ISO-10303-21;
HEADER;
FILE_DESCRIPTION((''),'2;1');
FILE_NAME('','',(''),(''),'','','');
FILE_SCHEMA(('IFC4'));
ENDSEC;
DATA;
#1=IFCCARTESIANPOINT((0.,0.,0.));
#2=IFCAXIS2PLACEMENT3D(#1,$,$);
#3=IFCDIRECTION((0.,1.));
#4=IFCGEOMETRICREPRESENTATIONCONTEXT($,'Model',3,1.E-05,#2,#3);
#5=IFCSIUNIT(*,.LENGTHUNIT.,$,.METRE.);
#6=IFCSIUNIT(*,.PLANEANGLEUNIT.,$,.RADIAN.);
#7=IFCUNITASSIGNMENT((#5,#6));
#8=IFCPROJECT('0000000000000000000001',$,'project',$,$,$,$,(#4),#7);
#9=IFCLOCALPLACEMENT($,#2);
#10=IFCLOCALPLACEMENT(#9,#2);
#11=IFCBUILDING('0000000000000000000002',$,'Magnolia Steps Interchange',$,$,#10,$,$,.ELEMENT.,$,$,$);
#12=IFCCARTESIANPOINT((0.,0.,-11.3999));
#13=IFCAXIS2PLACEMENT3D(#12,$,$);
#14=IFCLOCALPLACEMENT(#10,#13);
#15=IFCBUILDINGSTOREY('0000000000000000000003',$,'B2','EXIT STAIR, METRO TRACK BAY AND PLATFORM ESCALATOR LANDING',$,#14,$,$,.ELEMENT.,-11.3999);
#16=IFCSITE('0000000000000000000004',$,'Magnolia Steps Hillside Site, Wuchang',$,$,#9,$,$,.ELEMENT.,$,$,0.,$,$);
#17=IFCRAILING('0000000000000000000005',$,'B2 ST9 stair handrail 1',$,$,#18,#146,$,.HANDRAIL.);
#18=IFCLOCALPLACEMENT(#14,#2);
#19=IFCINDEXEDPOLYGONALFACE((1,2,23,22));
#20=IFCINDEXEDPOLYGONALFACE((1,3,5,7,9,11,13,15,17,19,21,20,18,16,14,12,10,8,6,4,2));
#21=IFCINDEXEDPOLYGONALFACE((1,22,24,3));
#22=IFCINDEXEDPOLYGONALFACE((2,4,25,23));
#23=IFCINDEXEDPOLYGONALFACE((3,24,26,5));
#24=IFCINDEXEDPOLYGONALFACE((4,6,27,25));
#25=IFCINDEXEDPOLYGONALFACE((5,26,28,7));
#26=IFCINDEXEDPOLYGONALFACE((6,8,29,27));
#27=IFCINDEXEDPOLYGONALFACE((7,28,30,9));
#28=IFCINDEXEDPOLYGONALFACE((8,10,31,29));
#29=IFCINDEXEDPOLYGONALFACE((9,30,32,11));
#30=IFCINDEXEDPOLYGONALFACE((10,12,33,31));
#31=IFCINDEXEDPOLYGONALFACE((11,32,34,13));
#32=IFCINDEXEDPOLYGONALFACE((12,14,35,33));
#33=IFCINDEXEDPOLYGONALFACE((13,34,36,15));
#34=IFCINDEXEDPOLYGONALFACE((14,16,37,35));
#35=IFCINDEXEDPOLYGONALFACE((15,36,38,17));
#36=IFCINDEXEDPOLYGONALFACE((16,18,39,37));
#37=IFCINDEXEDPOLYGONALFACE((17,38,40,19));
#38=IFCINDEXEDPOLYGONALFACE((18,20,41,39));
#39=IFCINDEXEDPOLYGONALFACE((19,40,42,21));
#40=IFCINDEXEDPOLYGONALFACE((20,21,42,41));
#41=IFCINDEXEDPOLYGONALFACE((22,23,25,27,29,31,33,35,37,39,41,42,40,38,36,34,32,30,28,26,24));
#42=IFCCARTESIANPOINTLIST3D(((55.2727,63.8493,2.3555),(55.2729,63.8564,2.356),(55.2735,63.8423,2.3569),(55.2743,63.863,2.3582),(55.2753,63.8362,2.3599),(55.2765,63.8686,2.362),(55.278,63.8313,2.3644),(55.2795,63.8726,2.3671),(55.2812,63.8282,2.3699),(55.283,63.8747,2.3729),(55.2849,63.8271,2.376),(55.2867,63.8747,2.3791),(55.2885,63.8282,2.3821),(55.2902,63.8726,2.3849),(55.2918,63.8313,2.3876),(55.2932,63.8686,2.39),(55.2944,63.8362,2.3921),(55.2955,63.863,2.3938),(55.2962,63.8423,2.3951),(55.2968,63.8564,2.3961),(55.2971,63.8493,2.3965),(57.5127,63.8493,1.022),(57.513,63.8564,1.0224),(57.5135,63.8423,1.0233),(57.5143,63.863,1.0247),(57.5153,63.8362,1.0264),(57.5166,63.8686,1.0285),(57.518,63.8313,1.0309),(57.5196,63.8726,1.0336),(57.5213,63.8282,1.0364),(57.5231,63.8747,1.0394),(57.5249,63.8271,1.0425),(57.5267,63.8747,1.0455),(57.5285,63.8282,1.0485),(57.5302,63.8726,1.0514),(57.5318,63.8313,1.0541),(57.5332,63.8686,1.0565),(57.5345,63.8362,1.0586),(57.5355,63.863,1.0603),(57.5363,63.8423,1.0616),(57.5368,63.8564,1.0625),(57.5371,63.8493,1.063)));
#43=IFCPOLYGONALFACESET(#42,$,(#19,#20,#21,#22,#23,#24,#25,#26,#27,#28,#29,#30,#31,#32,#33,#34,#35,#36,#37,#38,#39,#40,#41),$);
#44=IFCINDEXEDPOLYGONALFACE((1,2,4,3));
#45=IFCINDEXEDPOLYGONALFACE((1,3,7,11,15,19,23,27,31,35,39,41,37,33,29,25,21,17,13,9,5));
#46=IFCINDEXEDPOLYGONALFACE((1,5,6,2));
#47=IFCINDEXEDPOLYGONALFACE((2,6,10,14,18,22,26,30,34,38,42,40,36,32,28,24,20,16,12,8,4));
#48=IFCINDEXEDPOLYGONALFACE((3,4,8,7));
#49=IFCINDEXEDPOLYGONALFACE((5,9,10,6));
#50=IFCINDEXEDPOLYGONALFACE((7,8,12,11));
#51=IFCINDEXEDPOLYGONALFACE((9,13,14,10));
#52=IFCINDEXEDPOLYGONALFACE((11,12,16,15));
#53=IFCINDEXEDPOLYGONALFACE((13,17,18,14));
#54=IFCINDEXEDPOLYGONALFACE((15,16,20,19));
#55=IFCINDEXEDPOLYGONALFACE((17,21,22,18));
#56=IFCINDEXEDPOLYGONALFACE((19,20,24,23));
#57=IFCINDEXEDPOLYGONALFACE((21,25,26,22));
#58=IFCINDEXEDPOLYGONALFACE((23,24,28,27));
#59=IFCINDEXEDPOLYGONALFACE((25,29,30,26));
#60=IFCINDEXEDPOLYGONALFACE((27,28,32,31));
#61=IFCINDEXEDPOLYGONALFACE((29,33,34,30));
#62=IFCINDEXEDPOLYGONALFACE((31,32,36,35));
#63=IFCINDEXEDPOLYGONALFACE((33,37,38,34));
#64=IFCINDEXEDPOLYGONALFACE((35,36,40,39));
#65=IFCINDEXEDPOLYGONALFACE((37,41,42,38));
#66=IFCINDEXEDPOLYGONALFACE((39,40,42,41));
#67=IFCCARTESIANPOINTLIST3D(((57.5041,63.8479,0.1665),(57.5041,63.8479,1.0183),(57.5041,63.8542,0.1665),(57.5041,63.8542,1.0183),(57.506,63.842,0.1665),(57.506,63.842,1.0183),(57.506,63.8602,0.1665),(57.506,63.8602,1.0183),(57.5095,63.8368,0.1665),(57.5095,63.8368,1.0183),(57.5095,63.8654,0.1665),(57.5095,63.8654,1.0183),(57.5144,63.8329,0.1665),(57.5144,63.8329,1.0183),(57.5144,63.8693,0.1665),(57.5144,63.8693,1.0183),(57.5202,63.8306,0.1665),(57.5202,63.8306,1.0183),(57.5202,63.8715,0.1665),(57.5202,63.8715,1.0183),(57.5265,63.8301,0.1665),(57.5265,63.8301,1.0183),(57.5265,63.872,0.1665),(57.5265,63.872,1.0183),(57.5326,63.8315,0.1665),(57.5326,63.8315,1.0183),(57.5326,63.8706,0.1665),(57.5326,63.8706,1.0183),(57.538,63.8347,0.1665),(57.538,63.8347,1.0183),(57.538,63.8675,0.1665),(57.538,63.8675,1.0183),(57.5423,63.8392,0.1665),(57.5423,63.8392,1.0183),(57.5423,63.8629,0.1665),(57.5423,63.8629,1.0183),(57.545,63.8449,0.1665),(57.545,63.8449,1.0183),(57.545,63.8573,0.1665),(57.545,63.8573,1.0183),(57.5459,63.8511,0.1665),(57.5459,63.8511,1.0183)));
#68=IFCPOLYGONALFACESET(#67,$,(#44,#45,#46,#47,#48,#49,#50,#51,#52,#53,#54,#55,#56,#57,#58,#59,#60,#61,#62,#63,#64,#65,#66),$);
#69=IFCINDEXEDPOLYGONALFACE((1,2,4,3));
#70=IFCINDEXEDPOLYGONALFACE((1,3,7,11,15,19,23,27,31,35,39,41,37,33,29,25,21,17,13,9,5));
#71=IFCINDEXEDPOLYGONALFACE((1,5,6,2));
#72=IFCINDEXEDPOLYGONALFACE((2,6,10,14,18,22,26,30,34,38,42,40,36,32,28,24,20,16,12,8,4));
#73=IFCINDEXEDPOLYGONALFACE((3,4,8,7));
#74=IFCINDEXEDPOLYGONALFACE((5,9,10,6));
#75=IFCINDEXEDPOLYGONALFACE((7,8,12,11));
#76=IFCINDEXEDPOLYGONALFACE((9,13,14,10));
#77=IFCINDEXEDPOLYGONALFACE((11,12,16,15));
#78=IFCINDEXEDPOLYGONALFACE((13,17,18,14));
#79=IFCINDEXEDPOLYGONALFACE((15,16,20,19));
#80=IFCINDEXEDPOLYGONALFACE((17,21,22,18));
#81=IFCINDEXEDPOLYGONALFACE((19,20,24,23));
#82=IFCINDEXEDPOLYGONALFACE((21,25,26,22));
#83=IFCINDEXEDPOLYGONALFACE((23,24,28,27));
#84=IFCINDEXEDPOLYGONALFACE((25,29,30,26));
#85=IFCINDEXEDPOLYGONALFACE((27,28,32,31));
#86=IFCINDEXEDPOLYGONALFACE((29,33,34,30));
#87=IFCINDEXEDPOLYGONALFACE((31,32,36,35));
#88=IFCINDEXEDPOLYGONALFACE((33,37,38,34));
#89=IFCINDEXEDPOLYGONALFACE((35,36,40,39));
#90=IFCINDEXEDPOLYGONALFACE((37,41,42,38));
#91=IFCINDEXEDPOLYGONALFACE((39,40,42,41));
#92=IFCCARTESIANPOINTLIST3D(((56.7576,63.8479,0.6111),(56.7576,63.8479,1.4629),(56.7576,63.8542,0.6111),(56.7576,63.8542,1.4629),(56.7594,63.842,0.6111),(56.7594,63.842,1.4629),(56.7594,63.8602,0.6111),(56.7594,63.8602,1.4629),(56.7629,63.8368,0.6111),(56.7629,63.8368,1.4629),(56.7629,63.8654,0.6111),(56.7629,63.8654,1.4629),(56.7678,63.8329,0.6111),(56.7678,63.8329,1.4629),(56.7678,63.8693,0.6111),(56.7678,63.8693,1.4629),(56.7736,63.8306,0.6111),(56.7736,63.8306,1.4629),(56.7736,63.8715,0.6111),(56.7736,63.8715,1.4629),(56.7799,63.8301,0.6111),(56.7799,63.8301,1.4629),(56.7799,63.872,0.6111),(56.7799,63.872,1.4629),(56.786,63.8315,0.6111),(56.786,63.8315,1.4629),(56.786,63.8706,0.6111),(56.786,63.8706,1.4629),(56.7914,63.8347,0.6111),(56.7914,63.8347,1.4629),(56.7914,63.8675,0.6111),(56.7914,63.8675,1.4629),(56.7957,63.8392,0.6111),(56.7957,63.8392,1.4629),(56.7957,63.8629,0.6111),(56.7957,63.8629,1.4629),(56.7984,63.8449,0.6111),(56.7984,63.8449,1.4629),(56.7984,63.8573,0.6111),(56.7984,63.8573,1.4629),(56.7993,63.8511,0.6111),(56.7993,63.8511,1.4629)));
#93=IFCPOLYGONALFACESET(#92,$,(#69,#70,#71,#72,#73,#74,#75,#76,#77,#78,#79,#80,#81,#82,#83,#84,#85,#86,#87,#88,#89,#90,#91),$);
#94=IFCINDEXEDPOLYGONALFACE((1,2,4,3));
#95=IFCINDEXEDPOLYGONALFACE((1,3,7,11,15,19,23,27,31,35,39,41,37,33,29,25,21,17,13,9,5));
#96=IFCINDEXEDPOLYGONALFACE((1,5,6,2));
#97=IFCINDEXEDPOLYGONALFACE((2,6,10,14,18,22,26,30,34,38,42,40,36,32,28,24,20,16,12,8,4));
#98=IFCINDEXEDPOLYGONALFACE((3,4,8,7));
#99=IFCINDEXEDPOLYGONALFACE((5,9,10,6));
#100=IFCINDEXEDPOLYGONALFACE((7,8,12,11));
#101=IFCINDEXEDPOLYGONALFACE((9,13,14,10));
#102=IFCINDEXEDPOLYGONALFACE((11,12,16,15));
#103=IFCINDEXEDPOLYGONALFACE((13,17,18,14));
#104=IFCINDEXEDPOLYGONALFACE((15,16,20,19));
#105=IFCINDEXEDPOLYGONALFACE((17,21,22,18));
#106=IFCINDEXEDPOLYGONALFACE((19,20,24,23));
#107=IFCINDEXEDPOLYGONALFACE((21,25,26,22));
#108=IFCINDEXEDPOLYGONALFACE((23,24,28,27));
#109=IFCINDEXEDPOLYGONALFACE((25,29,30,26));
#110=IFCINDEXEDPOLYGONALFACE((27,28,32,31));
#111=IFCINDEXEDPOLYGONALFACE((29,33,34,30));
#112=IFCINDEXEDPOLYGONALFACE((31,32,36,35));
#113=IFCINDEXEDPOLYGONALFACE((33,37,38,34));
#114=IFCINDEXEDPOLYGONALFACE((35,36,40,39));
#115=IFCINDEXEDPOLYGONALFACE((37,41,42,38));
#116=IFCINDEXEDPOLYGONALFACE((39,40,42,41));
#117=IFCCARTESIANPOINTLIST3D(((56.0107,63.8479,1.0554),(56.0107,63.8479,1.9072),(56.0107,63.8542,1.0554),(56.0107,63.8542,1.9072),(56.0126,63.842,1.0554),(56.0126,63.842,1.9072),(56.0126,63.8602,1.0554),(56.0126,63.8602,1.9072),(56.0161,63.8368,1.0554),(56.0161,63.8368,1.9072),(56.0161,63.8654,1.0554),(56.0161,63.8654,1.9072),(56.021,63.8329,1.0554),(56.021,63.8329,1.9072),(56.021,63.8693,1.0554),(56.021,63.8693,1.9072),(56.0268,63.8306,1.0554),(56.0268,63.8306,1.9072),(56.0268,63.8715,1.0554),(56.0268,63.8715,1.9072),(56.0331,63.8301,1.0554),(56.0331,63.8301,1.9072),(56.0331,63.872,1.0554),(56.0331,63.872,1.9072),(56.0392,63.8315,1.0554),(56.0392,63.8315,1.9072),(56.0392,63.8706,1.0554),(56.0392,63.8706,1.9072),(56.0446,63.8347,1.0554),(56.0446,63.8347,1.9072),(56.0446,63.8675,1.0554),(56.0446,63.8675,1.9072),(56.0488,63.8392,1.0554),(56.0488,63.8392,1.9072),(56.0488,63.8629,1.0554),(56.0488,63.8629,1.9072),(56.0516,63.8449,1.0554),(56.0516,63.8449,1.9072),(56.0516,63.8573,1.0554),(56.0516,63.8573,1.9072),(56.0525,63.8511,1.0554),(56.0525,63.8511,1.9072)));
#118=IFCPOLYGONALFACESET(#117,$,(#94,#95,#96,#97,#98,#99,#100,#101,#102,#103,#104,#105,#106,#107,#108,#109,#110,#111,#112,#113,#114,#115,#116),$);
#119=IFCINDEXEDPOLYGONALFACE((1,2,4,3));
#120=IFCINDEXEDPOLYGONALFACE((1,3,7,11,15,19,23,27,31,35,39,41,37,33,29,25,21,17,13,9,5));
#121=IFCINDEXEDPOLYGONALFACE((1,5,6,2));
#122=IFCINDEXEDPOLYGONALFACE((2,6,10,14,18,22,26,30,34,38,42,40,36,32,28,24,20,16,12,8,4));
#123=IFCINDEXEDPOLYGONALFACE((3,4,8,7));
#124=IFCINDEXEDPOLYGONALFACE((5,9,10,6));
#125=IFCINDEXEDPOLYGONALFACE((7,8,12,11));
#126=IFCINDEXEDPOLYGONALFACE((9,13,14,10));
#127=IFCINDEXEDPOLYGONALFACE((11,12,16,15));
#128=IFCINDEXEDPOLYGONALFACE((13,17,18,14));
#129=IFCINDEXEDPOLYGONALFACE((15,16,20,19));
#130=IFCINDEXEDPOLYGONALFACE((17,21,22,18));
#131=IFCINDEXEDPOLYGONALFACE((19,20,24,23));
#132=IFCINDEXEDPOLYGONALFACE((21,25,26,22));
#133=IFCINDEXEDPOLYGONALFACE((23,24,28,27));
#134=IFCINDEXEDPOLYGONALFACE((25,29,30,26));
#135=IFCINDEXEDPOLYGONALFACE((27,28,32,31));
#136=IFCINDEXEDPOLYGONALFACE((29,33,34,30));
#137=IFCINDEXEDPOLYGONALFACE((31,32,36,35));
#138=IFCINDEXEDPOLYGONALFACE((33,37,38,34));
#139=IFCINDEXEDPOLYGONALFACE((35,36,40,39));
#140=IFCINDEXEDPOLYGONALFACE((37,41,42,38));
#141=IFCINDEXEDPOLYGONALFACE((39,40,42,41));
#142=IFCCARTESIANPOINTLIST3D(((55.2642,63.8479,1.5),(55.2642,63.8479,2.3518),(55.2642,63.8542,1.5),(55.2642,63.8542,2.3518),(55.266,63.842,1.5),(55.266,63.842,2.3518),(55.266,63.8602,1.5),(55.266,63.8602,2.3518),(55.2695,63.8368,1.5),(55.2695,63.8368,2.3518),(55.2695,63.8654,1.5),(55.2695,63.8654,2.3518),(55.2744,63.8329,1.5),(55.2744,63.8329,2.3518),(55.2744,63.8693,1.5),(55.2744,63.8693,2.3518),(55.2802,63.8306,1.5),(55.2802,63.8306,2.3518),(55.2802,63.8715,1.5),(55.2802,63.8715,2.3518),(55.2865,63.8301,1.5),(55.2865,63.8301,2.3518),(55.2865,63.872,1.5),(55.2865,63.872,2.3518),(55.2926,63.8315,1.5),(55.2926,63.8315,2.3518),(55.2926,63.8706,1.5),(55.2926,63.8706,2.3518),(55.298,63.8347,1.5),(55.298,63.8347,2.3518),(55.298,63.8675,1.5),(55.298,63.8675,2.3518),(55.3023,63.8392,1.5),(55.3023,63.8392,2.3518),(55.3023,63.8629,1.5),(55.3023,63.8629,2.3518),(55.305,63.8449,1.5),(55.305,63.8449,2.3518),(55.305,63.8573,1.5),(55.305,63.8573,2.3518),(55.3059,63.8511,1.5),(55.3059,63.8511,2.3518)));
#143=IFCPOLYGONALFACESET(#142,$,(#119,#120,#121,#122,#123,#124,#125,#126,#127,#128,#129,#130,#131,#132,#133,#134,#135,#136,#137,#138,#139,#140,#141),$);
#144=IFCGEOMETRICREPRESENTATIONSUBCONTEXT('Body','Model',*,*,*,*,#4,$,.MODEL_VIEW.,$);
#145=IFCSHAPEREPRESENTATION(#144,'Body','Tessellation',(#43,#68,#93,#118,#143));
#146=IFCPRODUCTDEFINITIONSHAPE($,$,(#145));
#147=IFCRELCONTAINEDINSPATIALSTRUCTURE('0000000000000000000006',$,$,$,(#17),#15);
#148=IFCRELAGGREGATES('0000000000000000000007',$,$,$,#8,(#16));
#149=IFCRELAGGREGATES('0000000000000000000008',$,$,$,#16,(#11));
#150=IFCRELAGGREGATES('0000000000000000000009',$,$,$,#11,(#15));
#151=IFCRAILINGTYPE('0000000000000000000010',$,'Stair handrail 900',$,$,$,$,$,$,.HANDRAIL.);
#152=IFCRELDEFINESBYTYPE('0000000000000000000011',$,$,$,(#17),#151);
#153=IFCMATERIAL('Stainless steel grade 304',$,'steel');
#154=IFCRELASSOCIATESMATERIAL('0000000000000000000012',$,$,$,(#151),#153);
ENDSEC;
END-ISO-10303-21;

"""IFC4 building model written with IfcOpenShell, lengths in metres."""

from ifc_helpers import new_model, si_unit, direction, frame, origin, origin_2d, place, context, subcontext, project, spatial, circle, extrude, material, type_object, element, save


model = new_model("IFC4")

# Units and contexts
model_context = context("Model", 3, precision=1e-05, world=origin(), true_north=direction((0.0, 1.0)))
body_context = subcontext(model_context, "Body", "Model", "MODEL_VIEW")
ifc_project = project(units=[si_unit("LENGTHUNIT", "METRE"), si_unit("PLANEANGLEUNIT", "RADIAN")], contexts=[model_context])

# Site, building, storey
site_placement = place(None, origin())
site = spatial("IfcSite", under=ifc_project, at=site_placement, Name="Magnolia Steps Hillside Site, Wuchang", CompositionType="ELEMENT", RefElevation=0.0)
building_placement = place(site_placement, origin())
building = spatial("IfcBuilding", under=site, at=building_placement, Name="Magnolia Steps Interchange", CompositionType="ELEMENT")
storey_placement = place(building_placement, frame((0.0, 0.0, -11.3999)))
storey = spatial("IfcBuildingStorey", under=building, at=storey_placement, Name="B2", Description="EXIT STAIR, METRO TRACK BAY AND PLATFORM ESCALATOR LANDING", CompositionType="ELEMENT", Elevation=-11.3999)

# Railing
ifc_material_1 = material(Name="Stainless steel grade 304", Category="steel")
railing_type_1 = type_object("IfcRailingType", Name="Stair handrail 900", PredefinedType="HANDRAIL", material=ifc_material_1)
railing_1_placement = place(storey_placement, frame((57.5249, 63.8511, 0.1665)))
element("IfcRailing", 1, at=railing_1_placement, inside=storey, type_object=railing_type_1, Name="B2 ST9 stair handrail 1", PredefinedType="HANDRAIL", context=body_context, shape_type="SweptSolid", body=[
    extrude(circle(Radius=0.0239, at=origin_2d()), frame((0.0, 0.0, 0.876), z_axis=(-0.859264, 0.0, 0.511532), x_axis=(0.0, -1.0, 0.0)), (0.0, 0.0, 1.0), 2.6069),
    extrude(circle(Radius=0.021, at=origin_2d()), origin(), (0.0, 0.0, 1.0), 0.8518),
    extrude(circle(Radius=0.021, at=origin_2d()), frame((-0.7466, 0.0, 0.4446)), (0.0, 0.0, 1.0), 0.8518),
    extrude(circle(Radius=0.021, at=origin_2d()), frame((-1.4934, 0.0, 0.8889)), (0.0, 0.0, 1.0), 0.8518),
    extrude(circle(Radius=0.021, at=origin_2d()), frame((-2.24, 0.0, 1.3335)), (0.0, 0.0, 1.0), 0.8518),
])

save(model, "model.ifc")
